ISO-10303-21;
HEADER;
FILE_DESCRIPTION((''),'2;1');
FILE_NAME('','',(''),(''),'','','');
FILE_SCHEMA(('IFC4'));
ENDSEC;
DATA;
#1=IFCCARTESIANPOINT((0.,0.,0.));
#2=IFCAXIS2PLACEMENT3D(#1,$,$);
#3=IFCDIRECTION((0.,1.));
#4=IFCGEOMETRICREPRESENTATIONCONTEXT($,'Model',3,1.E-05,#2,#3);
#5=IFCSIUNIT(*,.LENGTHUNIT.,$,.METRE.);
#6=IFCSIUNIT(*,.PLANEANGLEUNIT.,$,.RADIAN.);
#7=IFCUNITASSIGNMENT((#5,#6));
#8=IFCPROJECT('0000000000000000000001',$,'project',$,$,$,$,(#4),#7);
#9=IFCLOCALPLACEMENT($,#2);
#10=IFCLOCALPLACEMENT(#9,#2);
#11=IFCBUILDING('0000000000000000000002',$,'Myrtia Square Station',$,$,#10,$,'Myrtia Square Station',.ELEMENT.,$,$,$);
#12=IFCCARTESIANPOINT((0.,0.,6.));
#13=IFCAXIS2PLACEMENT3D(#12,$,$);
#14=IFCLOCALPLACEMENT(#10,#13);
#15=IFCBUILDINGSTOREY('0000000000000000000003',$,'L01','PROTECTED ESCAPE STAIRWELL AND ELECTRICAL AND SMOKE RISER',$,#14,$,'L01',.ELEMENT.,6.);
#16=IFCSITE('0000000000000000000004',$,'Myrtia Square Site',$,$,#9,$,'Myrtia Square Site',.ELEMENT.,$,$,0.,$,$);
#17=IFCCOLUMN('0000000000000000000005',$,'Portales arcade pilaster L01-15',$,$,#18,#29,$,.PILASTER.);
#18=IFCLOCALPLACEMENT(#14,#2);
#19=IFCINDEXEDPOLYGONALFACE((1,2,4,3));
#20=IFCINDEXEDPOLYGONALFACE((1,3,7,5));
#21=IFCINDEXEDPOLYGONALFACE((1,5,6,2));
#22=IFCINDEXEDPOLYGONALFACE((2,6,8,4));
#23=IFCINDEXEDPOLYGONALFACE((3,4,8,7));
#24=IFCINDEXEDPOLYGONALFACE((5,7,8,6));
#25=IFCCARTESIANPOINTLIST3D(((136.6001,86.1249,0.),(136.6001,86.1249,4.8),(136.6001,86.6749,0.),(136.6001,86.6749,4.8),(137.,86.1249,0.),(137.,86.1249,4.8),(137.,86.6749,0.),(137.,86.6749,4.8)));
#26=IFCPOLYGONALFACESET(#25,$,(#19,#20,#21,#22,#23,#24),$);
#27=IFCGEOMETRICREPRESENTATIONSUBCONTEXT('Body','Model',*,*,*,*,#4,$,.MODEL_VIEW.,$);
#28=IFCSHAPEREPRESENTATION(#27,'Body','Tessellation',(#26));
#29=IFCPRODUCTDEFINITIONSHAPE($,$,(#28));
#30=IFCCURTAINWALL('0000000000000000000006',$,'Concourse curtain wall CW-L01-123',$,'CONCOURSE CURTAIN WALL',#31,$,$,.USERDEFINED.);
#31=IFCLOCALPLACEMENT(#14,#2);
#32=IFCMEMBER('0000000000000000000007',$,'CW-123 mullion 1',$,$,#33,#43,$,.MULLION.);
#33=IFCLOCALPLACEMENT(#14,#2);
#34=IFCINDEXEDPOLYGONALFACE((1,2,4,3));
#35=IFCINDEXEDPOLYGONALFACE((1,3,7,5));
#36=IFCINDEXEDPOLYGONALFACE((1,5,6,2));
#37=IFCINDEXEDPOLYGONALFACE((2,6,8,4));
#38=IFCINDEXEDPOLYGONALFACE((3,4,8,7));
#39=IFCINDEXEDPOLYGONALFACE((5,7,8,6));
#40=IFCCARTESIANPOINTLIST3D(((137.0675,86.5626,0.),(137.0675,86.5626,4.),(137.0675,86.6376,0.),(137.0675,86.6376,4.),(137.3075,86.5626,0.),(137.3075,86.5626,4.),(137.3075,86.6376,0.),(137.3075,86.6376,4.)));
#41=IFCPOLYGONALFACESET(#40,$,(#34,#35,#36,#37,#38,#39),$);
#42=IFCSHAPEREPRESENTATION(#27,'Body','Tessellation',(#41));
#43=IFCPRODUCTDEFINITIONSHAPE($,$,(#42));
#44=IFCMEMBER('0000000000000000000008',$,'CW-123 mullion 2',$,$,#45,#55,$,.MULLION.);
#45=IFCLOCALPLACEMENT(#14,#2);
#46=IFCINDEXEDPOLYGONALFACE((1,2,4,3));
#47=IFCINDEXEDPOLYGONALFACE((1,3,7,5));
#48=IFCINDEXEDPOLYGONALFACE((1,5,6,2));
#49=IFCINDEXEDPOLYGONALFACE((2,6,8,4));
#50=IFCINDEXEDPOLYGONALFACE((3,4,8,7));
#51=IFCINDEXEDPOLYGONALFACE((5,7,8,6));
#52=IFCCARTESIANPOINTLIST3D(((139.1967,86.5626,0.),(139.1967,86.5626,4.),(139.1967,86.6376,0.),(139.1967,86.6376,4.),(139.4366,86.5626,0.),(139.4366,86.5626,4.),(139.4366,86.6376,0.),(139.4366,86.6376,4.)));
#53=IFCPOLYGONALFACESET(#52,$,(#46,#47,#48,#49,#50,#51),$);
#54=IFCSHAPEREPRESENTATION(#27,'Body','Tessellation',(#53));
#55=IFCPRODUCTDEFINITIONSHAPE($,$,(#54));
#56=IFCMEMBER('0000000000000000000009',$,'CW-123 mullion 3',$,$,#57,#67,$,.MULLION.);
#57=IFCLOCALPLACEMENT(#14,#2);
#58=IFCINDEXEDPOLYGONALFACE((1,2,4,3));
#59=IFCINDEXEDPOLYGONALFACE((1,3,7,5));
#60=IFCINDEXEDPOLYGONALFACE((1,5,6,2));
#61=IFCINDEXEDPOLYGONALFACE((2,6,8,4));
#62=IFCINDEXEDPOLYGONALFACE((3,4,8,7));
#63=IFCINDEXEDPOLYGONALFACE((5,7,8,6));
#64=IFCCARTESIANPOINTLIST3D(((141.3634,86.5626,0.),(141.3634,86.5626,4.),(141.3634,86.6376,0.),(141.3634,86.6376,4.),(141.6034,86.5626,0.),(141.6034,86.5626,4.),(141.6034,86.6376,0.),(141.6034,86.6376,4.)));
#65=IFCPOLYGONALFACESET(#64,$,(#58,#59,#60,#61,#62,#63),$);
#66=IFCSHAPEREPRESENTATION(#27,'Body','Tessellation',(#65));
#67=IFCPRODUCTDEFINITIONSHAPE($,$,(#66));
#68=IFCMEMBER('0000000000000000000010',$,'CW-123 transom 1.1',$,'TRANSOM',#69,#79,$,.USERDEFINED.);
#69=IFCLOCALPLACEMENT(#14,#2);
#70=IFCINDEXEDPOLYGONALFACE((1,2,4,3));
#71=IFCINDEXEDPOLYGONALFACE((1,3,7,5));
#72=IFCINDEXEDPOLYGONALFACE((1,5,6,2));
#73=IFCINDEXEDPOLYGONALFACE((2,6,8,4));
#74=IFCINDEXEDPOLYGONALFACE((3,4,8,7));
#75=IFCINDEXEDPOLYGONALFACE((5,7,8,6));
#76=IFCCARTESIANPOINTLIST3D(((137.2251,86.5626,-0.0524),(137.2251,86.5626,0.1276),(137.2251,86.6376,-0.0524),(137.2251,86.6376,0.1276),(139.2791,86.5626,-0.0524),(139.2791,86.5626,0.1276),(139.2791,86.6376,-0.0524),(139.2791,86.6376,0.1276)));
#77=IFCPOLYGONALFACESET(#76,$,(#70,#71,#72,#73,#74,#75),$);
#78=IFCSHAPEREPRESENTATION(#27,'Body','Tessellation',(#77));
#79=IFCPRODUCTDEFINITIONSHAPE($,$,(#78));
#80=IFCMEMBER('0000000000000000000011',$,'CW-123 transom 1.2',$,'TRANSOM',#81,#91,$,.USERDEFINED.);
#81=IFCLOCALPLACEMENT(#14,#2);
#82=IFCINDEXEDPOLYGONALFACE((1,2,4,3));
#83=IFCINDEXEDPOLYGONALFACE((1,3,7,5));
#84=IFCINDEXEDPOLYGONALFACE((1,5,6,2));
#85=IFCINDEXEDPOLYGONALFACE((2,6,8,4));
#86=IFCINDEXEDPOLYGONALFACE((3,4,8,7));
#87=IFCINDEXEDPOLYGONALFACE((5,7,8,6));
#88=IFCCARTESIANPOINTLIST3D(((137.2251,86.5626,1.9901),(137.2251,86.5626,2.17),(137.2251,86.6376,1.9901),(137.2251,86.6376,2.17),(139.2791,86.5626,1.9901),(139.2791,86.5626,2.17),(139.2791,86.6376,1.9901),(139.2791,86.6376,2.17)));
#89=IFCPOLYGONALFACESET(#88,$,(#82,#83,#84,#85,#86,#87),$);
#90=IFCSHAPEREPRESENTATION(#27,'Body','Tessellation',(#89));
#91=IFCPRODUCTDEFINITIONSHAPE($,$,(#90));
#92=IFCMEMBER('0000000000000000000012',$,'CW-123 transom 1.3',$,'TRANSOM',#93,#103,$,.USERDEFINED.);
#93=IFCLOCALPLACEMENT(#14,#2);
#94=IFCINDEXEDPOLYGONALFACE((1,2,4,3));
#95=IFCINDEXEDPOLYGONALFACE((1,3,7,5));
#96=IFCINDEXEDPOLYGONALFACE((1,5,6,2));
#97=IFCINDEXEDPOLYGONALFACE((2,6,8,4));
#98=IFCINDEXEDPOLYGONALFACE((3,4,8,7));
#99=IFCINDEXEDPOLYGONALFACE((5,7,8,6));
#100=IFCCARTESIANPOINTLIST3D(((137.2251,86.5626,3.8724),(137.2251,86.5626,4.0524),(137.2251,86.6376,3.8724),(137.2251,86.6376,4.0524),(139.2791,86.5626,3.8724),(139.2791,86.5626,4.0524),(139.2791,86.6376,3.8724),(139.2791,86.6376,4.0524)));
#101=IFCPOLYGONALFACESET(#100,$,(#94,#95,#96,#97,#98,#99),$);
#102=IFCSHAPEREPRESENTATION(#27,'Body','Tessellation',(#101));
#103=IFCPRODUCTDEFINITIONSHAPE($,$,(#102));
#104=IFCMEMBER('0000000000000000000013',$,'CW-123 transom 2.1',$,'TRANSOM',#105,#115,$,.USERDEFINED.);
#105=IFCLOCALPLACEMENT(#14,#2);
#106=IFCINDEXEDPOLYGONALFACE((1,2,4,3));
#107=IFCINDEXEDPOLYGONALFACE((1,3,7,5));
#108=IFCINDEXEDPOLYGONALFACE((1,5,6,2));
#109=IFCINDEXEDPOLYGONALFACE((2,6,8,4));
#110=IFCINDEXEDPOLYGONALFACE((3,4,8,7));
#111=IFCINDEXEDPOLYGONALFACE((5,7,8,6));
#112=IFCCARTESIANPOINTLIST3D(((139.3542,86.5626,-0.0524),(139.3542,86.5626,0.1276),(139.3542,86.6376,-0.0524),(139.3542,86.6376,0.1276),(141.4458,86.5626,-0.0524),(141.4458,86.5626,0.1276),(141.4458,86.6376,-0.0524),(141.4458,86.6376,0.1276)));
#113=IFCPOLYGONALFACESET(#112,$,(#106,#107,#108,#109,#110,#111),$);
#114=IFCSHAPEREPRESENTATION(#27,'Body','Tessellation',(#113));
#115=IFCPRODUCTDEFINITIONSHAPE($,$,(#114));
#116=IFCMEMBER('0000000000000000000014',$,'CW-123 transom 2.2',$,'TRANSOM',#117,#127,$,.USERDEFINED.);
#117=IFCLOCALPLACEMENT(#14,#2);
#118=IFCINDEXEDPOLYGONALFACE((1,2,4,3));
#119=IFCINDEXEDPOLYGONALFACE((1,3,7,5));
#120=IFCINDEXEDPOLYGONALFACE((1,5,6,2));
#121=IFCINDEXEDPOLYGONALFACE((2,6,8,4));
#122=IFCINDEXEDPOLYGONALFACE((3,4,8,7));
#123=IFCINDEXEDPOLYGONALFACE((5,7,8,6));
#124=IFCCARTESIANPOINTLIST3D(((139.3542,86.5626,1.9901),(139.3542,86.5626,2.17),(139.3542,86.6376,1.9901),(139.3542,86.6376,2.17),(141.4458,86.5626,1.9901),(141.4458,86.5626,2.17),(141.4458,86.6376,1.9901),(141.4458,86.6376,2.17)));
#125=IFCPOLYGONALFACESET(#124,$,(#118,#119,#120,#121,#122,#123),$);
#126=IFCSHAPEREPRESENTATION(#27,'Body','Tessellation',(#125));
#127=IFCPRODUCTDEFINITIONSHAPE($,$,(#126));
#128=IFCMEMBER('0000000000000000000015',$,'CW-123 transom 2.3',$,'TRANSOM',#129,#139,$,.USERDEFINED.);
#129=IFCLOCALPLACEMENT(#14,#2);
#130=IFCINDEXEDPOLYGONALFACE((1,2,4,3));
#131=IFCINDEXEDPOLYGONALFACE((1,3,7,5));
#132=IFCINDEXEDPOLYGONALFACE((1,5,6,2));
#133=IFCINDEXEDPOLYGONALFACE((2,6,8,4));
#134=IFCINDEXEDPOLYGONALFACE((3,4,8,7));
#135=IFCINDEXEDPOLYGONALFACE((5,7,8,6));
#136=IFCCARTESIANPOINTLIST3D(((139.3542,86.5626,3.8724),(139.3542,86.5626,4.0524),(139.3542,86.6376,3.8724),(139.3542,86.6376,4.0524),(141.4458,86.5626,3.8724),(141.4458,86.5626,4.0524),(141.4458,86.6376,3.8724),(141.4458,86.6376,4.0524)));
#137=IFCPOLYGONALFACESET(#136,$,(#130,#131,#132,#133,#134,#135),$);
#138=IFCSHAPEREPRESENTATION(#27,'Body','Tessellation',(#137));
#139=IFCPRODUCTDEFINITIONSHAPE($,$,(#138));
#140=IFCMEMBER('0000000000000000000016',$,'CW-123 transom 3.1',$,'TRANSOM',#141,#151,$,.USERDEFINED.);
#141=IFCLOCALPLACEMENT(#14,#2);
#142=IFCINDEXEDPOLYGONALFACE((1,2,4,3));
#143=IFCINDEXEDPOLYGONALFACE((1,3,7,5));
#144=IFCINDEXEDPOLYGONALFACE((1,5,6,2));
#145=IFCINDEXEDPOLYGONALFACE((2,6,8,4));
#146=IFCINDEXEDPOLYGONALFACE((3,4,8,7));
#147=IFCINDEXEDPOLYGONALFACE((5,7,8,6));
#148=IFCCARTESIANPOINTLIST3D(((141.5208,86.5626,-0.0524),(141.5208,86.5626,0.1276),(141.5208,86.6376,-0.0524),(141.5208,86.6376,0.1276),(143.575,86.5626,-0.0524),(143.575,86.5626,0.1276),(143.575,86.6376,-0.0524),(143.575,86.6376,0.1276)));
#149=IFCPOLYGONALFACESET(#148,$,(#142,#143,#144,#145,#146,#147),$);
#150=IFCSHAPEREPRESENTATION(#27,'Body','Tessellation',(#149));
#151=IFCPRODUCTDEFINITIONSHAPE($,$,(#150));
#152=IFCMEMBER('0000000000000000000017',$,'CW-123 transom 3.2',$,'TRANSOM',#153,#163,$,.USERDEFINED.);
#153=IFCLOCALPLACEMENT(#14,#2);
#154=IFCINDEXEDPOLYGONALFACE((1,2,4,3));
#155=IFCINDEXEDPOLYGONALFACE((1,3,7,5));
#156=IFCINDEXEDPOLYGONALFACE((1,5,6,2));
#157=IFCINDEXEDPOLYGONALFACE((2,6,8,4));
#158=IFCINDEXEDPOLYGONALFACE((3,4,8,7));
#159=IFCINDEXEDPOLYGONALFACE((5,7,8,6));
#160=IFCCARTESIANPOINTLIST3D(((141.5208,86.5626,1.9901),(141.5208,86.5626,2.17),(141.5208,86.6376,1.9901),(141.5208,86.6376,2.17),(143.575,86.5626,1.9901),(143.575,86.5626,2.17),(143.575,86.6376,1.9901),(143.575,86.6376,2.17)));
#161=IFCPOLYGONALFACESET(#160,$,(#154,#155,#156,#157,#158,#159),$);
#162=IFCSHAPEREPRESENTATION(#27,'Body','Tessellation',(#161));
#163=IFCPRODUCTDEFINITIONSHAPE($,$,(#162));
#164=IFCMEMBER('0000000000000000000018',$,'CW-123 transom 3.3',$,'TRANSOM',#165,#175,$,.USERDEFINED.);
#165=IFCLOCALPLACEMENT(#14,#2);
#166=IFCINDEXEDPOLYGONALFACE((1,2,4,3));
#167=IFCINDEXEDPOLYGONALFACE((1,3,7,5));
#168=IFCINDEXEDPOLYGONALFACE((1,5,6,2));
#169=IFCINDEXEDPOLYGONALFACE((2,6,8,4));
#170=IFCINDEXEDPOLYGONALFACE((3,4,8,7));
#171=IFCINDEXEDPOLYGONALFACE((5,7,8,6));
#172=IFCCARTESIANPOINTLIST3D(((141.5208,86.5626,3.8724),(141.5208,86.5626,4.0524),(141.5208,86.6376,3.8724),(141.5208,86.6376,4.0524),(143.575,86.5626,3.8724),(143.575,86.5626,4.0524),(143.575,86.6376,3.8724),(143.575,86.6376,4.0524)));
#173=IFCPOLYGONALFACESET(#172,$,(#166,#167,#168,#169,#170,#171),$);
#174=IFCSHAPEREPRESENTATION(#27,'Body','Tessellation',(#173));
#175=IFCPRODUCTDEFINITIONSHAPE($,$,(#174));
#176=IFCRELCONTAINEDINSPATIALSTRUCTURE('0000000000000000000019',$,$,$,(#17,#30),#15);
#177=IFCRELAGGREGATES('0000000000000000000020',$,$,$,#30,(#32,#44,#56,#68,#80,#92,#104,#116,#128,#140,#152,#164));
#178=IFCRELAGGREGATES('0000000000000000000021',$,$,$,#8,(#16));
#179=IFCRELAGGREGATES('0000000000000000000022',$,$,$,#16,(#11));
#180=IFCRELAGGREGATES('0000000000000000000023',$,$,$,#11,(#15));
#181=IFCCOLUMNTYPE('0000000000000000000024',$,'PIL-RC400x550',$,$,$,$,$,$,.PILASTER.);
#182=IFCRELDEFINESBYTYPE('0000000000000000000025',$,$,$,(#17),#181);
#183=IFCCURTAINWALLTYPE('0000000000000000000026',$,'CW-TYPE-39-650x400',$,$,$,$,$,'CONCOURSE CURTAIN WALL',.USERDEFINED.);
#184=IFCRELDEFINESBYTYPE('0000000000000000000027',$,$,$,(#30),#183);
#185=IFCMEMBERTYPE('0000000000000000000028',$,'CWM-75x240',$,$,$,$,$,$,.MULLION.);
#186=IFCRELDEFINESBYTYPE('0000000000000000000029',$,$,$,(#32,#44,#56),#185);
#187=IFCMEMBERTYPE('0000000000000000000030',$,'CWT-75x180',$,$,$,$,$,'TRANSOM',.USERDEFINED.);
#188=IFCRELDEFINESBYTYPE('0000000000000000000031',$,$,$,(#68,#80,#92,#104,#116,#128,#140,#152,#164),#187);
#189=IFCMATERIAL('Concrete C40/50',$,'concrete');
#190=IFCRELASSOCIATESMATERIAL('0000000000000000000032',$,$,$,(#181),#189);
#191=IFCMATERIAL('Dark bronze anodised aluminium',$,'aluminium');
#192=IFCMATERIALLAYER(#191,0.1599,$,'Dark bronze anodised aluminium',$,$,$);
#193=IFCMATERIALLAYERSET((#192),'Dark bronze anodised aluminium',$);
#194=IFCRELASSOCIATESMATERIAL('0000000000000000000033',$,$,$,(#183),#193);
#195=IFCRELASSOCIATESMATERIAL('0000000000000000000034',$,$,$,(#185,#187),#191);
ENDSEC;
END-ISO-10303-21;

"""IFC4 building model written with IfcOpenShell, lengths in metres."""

from ifc_helpers import new_model, si_unit, direction, frame, origin, origin_2d, place, context, subcontext, project, spatial, rectangle, extrude, material, layer, layer_set, material_profile, profile_set, type_object, element, aggregate, save


model = new_model("IFC4")

# Units and contexts
model_context = context("Model", 3, precision=1e-05, world=origin(), true_north=direction((0.0, 1.0)))
body_context = subcontext(model_context, "Body", "Model", "MODEL_VIEW")
ifc_project = project(units=[si_unit("LENGTHUNIT", "METRE"), si_unit("PLANEANGLEUNIT", "RADIAN")], contexts=[model_context])

# Site, building, storey
site_placement = place(None, origin())
site = spatial("IfcSite", under=ifc_project, at=site_placement, Name="Myrtia Square Site", LongName="Myrtia Square Site", CompositionType="ELEMENT", RefElevation=0.0)
building_placement = place(site_placement, origin())
building = spatial("IfcBuilding", under=site, at=building_placement, Name="Myrtia Square Station", LongName="Myrtia Square Station", CompositionType="ELEMENT")
storey_placement = place(building_placement, frame((0.0, 0.0, 6.0)))
storey = spatial("IfcBuildingStorey", under=building, at=storey_placement, Name="L01", Description="PROTECTED ESCAPE STAIRWELL AND ELECTRICAL AND SMOKE RISER", LongName="L01", CompositionType="ELEMENT", Elevation=6.0)

# Column
ifc_material_1 = material(Name="Concrete C40/50", Category="concrete")
ifc_material_profile_1 = material_profile(ifc_material_1, rectangle(XDim=0.3999, YDim=0.55, at=origin_2d()), Name="PIL 400x550")
ifc_profile_set_1 = profile_set([ifc_material_profile_1], Name="Concrete C40/50")
column_type = type_object("IfcColumnType", Name="PIL-RC400x550", PredefinedType="PILASTER", material=ifc_profile_set_1)
column_placement = place(storey_placement, frame((136.8, 86.3999, 0.0), z_axis=(0.0, 0.0, 1.0), x_axis=(1.0, 0.0, 0.0)))
element("IfcColumn", 1, at=column_placement, inside=storey, type_object=column_type, Name="Portales arcade pilaster L01-15", PredefinedType="PILASTER", context=body_context, shape_type="SweptSolid", body=[
    extrude(rectangle(XDim=0.3999, YDim=0.55, at=origin_2d()), origin(), (0.0, 0.0, 1.0), 4.8),
])

# Curtain wall, members
ifc_material_2 = material(Name="Dark bronze anodised aluminium", Category="aluminium")
ifc_layer_1 = layer(ifc_material_2, 0.1599, Name="Dark bronze anodised aluminium")
ifc_layer_set_1 = layer_set([ifc_layer_1], Name="Dark bronze anodised aluminium")
curtain_wall_type = type_object("IfcCurtainWallType", Name="CW-TYPE-39-650x400", ElementType="CONCOURSE CURTAIN WALL", PredefinedType="USERDEFINED", material=ifc_layer_set_1)
curtain_wall_placement = place(storey_placement, origin())
curtain_wall = element("IfcCurtainWall", 2, at=curtain_wall_placement, inside=storey, type_object=curtain_wall_type, Name="Concourse curtain wall CW-L01-123", ObjectType="CONCOURSE CURTAIN WALL", PredefinedType="USERDEFINED")
ifc_material_profile_2 = material_profile(ifc_material_2, rectangle(XDim=0.075, YDim=0.24, at=origin_2d()), Name="ALU-M 75x240")
ifc_profile_set_2 = profile_set([ifc_material_profile_2], Name="Dark bronze anodised aluminium")
member_type_1 = type_object("IfcMemberType", Name="CWM-75x240", PredefinedType="MULLION", material=ifc_profile_set_2)
member_1_placement = place(storey_placement, frame((137.1875, 86.6001, 0.0), z_axis=(0.0, 0.0, 1.0), x_axis=(0.0, 1.0, 0.0)))
member_1 = element("IfcMember", 3, at=member_1_placement, type_object=member_type_1, Name="CW-123 mullion 1", PredefinedType="MULLION", context=body_context, shape_type="SweptSolid", body=[
    extrude(rectangle(XDim=0.075, YDim=0.24, at=origin_2d()), origin(), (0.0, 0.0, 1.0), 4.0),
])
member_2_placement = place(storey_placement, frame((139.3167, 86.6001, 0.0), z_axis=(0.0, 0.0, 1.0), x_axis=(0.0, 1.0, 0.0)))
member_2 = element("IfcMember", 4, at=member_2_placement, type_object=member_type_1, Name="CW-123 mullion 2", PredefinedType="MULLION", context=body_context, shape_type="SweptSolid", body=[
    extrude(rectangle(XDim=0.075, YDim=0.24, at=origin_2d()), origin(), (0.0, 0.0, 1.0), 4.0),
])
member_3_placement = place(storey_placement, frame((141.4834, 86.6001, 0.0), z_axis=(0.0, 0.0, 1.0), x_axis=(0.0, 1.0, 0.0)))
member_3 = element("IfcMember", 5, at=member_3_placement, type_object=member_type_1, Name="CW-123 mullion 3", PredefinedType="MULLION", context=body_context, shape_type="SweptSolid", body=[
    extrude(rectangle(XDim=0.075, YDim=0.24, at=origin_2d()), origin(), (0.0, 0.0, 1.0), 4.0),
])
ifc_material_profile_3 = material_profile(ifc_material_2, rectangle(XDim=0.075, YDim=0.1799, at=origin_2d()), Name="ALU-T 75x180")
ifc_profile_set_3 = profile_set([ifc_material_profile_3], Name="Dark bronze anodised aluminium")
member_type_2 = type_object("IfcMemberType", Name="CWT-75x180", ElementType="TRANSOM", PredefinedType="USERDEFINED", material=ifc_profile_set_3)
member_4_placement = place(storey_placement, frame((137.2251, 86.6001, 0.0376), z_axis=(1.0, 0.0, 0.0), x_axis=(0.0, 1.0, 0.0)))
member_4 = element("IfcMember", 6, at=member_4_placement, type_object=member_type_2, Name="CW-123 transom 1.1", ObjectType="TRANSOM", PredefinedType="USERDEFINED", context=body_context, shape_type="SweptSolid", body=[
    extrude(rectangle(XDim=0.075, YDim=0.1799, at=origin_2d()), origin(), (0.0, 0.0, 1.0), 2.054),
])
member_5_placement = place(storey_placement, frame((137.2251, 86.6001, 2.0801), z_axis=(1.0, 0.0, 0.0), x_axis=(0.0, 1.0, 0.0)))
member_5 = element("IfcMember", 7, at=member_5_placement, type_object=member_type_2, Name="CW-123 transom 1.2", ObjectType="TRANSOM", PredefinedType="USERDEFINED", context=body_context, shape_type="SweptSolid", body=[
    extrude(rectangle(XDim=0.075, YDim=0.1799, at=origin_2d()), origin(), (0.0, 0.0, 1.0), 2.054),
])
member_6_placement = place(storey_placement, frame((137.2251, 86.6001, 3.9624), z_axis=(1.0, 0.0, 0.0), x_axis=(0.0, 1.0, 0.0)))
member_6 = element("IfcMember", 8, at=member_6_placement, type_object=member_type_2, Name="CW-123 transom 1.3", ObjectType="TRANSOM", PredefinedType="USERDEFINED", context=body_context, shape_type="SweptSolid", body=[
    extrude(rectangle(XDim=0.075, YDim=0.1799, at=origin_2d()), origin(), (0.0, 0.0, 1.0), 2.054),
])
member_7_placement = place(storey_placement, frame((139.3542, 86.6001, 0.0376), z_axis=(1.0, 0.0, 0.0), x_axis=(0.0, 1.0, 0.0)))
member_7 = element("IfcMember", 9, at=member_7_placement, type_object=member_type_2, Name="CW-123 transom 2.1", ObjectType="TRANSOM", PredefinedType="USERDEFINED", context=body_context, shape_type="SweptSolid", body=[
    extrude(rectangle(XDim=0.075, YDim=0.1799, at=origin_2d()), origin(), (0.0, 0.0, 1.0), 2.0916),
])
member_8_placement = place(storey_placement, frame((139.3542, 86.6001, 2.0801), z_axis=(1.0, 0.0, 0.0), x_axis=(0.0, 1.0, 0.0)))
member_8 = element("IfcMember", 10, at=member_8_placement, type_object=member_type_2, Name="CW-123 transom 2.2", ObjectType="TRANSOM", PredefinedType="USERDEFINED", context=body_context, shape_type="SweptSolid", body=[
    extrude(rectangle(XDim=0.075, YDim=0.1799, at=origin_2d()), origin(), (0.0, 0.0, 1.0), 2.0916),
])
member_9_placement = place(storey_placement, frame((139.3542, 86.6001, 3.9624), z_axis=(1.0, 0.0, 0.0), x_axis=(0.0, 1.0, 0.0)))
member_9 = element("IfcMember", 11, at=member_9_placement, type_object=member_type_2, Name="CW-123 transom 2.3", ObjectType="TRANSOM", PredefinedType="USERDEFINED", context=body_context, shape_type="SweptSolid", body=[
    extrude(rectangle(XDim=0.075, YDim=0.1799, at=origin_2d()), origin(), (0.0, 0.0, 1.0), 2.0916),
])
member_10_placement = place(storey_placement, frame((141.5208, 86.6001, 0.0376), z_axis=(1.0, 0.0, 0.0), x_axis=(0.0, 1.0, 0.0)))
member_10 = element("IfcMember", 12, at=member_10_placement, type_object=member_type_2, Name="CW-123 transom 3.1", ObjectType="TRANSOM", PredefinedType="USERDEFINED", context=body_context, shape_type="SweptSolid", body=[
    extrude(rectangle(XDim=0.075, YDim=0.1799, at=origin_2d()), origin(), (0.0, 0.0, 1.0), 2.0542),
])
member_11_placement = place(storey_placement, frame((141.5208, 86.6001, 2.0801), z_axis=(1.0, 0.0, 0.0), x_axis=(0.0, 1.0, 0.0)))
member_11 = element("IfcMember", 13, at=member_11_placement, type_object=member_type_2, Name="CW-123 transom 3.2", ObjectType="TRANSOM", PredefinedType="USERDEFINED", context=body_context, shape_type="SweptSolid", body=[
    extrude(rectangle(XDim=0.075, YDim=0.1799, at=origin_2d()), origin(), (0.0, 0.0, 1.0), 2.0542),
])
member_12_placement = place(storey_placement, frame((141.5208, 86.6001, 3.9624), z_axis=(1.0, 0.0, 0.0), x_axis=(0.0, 1.0, 0.0)))
member_12 = element("IfcMember", 14, at=member_12_placement, type_object=member_type_2, Name="CW-123 transom 3.3", ObjectType="TRANSOM", PredefinedType="USERDEFINED", context=body_context, shape_type="SweptSolid", body=[
    extrude(rectangle(XDim=0.075, YDim=0.1799, at=origin_2d()), origin(), (0.0, 0.0, 1.0), 2.0542),
])

aggregate(curtain_wall, [member_1, member_2, member_3, member_4, member_5, member_6, member_7, member_8, member_9, member_10, member_11, member_12])

save(model, "model.ifc")
